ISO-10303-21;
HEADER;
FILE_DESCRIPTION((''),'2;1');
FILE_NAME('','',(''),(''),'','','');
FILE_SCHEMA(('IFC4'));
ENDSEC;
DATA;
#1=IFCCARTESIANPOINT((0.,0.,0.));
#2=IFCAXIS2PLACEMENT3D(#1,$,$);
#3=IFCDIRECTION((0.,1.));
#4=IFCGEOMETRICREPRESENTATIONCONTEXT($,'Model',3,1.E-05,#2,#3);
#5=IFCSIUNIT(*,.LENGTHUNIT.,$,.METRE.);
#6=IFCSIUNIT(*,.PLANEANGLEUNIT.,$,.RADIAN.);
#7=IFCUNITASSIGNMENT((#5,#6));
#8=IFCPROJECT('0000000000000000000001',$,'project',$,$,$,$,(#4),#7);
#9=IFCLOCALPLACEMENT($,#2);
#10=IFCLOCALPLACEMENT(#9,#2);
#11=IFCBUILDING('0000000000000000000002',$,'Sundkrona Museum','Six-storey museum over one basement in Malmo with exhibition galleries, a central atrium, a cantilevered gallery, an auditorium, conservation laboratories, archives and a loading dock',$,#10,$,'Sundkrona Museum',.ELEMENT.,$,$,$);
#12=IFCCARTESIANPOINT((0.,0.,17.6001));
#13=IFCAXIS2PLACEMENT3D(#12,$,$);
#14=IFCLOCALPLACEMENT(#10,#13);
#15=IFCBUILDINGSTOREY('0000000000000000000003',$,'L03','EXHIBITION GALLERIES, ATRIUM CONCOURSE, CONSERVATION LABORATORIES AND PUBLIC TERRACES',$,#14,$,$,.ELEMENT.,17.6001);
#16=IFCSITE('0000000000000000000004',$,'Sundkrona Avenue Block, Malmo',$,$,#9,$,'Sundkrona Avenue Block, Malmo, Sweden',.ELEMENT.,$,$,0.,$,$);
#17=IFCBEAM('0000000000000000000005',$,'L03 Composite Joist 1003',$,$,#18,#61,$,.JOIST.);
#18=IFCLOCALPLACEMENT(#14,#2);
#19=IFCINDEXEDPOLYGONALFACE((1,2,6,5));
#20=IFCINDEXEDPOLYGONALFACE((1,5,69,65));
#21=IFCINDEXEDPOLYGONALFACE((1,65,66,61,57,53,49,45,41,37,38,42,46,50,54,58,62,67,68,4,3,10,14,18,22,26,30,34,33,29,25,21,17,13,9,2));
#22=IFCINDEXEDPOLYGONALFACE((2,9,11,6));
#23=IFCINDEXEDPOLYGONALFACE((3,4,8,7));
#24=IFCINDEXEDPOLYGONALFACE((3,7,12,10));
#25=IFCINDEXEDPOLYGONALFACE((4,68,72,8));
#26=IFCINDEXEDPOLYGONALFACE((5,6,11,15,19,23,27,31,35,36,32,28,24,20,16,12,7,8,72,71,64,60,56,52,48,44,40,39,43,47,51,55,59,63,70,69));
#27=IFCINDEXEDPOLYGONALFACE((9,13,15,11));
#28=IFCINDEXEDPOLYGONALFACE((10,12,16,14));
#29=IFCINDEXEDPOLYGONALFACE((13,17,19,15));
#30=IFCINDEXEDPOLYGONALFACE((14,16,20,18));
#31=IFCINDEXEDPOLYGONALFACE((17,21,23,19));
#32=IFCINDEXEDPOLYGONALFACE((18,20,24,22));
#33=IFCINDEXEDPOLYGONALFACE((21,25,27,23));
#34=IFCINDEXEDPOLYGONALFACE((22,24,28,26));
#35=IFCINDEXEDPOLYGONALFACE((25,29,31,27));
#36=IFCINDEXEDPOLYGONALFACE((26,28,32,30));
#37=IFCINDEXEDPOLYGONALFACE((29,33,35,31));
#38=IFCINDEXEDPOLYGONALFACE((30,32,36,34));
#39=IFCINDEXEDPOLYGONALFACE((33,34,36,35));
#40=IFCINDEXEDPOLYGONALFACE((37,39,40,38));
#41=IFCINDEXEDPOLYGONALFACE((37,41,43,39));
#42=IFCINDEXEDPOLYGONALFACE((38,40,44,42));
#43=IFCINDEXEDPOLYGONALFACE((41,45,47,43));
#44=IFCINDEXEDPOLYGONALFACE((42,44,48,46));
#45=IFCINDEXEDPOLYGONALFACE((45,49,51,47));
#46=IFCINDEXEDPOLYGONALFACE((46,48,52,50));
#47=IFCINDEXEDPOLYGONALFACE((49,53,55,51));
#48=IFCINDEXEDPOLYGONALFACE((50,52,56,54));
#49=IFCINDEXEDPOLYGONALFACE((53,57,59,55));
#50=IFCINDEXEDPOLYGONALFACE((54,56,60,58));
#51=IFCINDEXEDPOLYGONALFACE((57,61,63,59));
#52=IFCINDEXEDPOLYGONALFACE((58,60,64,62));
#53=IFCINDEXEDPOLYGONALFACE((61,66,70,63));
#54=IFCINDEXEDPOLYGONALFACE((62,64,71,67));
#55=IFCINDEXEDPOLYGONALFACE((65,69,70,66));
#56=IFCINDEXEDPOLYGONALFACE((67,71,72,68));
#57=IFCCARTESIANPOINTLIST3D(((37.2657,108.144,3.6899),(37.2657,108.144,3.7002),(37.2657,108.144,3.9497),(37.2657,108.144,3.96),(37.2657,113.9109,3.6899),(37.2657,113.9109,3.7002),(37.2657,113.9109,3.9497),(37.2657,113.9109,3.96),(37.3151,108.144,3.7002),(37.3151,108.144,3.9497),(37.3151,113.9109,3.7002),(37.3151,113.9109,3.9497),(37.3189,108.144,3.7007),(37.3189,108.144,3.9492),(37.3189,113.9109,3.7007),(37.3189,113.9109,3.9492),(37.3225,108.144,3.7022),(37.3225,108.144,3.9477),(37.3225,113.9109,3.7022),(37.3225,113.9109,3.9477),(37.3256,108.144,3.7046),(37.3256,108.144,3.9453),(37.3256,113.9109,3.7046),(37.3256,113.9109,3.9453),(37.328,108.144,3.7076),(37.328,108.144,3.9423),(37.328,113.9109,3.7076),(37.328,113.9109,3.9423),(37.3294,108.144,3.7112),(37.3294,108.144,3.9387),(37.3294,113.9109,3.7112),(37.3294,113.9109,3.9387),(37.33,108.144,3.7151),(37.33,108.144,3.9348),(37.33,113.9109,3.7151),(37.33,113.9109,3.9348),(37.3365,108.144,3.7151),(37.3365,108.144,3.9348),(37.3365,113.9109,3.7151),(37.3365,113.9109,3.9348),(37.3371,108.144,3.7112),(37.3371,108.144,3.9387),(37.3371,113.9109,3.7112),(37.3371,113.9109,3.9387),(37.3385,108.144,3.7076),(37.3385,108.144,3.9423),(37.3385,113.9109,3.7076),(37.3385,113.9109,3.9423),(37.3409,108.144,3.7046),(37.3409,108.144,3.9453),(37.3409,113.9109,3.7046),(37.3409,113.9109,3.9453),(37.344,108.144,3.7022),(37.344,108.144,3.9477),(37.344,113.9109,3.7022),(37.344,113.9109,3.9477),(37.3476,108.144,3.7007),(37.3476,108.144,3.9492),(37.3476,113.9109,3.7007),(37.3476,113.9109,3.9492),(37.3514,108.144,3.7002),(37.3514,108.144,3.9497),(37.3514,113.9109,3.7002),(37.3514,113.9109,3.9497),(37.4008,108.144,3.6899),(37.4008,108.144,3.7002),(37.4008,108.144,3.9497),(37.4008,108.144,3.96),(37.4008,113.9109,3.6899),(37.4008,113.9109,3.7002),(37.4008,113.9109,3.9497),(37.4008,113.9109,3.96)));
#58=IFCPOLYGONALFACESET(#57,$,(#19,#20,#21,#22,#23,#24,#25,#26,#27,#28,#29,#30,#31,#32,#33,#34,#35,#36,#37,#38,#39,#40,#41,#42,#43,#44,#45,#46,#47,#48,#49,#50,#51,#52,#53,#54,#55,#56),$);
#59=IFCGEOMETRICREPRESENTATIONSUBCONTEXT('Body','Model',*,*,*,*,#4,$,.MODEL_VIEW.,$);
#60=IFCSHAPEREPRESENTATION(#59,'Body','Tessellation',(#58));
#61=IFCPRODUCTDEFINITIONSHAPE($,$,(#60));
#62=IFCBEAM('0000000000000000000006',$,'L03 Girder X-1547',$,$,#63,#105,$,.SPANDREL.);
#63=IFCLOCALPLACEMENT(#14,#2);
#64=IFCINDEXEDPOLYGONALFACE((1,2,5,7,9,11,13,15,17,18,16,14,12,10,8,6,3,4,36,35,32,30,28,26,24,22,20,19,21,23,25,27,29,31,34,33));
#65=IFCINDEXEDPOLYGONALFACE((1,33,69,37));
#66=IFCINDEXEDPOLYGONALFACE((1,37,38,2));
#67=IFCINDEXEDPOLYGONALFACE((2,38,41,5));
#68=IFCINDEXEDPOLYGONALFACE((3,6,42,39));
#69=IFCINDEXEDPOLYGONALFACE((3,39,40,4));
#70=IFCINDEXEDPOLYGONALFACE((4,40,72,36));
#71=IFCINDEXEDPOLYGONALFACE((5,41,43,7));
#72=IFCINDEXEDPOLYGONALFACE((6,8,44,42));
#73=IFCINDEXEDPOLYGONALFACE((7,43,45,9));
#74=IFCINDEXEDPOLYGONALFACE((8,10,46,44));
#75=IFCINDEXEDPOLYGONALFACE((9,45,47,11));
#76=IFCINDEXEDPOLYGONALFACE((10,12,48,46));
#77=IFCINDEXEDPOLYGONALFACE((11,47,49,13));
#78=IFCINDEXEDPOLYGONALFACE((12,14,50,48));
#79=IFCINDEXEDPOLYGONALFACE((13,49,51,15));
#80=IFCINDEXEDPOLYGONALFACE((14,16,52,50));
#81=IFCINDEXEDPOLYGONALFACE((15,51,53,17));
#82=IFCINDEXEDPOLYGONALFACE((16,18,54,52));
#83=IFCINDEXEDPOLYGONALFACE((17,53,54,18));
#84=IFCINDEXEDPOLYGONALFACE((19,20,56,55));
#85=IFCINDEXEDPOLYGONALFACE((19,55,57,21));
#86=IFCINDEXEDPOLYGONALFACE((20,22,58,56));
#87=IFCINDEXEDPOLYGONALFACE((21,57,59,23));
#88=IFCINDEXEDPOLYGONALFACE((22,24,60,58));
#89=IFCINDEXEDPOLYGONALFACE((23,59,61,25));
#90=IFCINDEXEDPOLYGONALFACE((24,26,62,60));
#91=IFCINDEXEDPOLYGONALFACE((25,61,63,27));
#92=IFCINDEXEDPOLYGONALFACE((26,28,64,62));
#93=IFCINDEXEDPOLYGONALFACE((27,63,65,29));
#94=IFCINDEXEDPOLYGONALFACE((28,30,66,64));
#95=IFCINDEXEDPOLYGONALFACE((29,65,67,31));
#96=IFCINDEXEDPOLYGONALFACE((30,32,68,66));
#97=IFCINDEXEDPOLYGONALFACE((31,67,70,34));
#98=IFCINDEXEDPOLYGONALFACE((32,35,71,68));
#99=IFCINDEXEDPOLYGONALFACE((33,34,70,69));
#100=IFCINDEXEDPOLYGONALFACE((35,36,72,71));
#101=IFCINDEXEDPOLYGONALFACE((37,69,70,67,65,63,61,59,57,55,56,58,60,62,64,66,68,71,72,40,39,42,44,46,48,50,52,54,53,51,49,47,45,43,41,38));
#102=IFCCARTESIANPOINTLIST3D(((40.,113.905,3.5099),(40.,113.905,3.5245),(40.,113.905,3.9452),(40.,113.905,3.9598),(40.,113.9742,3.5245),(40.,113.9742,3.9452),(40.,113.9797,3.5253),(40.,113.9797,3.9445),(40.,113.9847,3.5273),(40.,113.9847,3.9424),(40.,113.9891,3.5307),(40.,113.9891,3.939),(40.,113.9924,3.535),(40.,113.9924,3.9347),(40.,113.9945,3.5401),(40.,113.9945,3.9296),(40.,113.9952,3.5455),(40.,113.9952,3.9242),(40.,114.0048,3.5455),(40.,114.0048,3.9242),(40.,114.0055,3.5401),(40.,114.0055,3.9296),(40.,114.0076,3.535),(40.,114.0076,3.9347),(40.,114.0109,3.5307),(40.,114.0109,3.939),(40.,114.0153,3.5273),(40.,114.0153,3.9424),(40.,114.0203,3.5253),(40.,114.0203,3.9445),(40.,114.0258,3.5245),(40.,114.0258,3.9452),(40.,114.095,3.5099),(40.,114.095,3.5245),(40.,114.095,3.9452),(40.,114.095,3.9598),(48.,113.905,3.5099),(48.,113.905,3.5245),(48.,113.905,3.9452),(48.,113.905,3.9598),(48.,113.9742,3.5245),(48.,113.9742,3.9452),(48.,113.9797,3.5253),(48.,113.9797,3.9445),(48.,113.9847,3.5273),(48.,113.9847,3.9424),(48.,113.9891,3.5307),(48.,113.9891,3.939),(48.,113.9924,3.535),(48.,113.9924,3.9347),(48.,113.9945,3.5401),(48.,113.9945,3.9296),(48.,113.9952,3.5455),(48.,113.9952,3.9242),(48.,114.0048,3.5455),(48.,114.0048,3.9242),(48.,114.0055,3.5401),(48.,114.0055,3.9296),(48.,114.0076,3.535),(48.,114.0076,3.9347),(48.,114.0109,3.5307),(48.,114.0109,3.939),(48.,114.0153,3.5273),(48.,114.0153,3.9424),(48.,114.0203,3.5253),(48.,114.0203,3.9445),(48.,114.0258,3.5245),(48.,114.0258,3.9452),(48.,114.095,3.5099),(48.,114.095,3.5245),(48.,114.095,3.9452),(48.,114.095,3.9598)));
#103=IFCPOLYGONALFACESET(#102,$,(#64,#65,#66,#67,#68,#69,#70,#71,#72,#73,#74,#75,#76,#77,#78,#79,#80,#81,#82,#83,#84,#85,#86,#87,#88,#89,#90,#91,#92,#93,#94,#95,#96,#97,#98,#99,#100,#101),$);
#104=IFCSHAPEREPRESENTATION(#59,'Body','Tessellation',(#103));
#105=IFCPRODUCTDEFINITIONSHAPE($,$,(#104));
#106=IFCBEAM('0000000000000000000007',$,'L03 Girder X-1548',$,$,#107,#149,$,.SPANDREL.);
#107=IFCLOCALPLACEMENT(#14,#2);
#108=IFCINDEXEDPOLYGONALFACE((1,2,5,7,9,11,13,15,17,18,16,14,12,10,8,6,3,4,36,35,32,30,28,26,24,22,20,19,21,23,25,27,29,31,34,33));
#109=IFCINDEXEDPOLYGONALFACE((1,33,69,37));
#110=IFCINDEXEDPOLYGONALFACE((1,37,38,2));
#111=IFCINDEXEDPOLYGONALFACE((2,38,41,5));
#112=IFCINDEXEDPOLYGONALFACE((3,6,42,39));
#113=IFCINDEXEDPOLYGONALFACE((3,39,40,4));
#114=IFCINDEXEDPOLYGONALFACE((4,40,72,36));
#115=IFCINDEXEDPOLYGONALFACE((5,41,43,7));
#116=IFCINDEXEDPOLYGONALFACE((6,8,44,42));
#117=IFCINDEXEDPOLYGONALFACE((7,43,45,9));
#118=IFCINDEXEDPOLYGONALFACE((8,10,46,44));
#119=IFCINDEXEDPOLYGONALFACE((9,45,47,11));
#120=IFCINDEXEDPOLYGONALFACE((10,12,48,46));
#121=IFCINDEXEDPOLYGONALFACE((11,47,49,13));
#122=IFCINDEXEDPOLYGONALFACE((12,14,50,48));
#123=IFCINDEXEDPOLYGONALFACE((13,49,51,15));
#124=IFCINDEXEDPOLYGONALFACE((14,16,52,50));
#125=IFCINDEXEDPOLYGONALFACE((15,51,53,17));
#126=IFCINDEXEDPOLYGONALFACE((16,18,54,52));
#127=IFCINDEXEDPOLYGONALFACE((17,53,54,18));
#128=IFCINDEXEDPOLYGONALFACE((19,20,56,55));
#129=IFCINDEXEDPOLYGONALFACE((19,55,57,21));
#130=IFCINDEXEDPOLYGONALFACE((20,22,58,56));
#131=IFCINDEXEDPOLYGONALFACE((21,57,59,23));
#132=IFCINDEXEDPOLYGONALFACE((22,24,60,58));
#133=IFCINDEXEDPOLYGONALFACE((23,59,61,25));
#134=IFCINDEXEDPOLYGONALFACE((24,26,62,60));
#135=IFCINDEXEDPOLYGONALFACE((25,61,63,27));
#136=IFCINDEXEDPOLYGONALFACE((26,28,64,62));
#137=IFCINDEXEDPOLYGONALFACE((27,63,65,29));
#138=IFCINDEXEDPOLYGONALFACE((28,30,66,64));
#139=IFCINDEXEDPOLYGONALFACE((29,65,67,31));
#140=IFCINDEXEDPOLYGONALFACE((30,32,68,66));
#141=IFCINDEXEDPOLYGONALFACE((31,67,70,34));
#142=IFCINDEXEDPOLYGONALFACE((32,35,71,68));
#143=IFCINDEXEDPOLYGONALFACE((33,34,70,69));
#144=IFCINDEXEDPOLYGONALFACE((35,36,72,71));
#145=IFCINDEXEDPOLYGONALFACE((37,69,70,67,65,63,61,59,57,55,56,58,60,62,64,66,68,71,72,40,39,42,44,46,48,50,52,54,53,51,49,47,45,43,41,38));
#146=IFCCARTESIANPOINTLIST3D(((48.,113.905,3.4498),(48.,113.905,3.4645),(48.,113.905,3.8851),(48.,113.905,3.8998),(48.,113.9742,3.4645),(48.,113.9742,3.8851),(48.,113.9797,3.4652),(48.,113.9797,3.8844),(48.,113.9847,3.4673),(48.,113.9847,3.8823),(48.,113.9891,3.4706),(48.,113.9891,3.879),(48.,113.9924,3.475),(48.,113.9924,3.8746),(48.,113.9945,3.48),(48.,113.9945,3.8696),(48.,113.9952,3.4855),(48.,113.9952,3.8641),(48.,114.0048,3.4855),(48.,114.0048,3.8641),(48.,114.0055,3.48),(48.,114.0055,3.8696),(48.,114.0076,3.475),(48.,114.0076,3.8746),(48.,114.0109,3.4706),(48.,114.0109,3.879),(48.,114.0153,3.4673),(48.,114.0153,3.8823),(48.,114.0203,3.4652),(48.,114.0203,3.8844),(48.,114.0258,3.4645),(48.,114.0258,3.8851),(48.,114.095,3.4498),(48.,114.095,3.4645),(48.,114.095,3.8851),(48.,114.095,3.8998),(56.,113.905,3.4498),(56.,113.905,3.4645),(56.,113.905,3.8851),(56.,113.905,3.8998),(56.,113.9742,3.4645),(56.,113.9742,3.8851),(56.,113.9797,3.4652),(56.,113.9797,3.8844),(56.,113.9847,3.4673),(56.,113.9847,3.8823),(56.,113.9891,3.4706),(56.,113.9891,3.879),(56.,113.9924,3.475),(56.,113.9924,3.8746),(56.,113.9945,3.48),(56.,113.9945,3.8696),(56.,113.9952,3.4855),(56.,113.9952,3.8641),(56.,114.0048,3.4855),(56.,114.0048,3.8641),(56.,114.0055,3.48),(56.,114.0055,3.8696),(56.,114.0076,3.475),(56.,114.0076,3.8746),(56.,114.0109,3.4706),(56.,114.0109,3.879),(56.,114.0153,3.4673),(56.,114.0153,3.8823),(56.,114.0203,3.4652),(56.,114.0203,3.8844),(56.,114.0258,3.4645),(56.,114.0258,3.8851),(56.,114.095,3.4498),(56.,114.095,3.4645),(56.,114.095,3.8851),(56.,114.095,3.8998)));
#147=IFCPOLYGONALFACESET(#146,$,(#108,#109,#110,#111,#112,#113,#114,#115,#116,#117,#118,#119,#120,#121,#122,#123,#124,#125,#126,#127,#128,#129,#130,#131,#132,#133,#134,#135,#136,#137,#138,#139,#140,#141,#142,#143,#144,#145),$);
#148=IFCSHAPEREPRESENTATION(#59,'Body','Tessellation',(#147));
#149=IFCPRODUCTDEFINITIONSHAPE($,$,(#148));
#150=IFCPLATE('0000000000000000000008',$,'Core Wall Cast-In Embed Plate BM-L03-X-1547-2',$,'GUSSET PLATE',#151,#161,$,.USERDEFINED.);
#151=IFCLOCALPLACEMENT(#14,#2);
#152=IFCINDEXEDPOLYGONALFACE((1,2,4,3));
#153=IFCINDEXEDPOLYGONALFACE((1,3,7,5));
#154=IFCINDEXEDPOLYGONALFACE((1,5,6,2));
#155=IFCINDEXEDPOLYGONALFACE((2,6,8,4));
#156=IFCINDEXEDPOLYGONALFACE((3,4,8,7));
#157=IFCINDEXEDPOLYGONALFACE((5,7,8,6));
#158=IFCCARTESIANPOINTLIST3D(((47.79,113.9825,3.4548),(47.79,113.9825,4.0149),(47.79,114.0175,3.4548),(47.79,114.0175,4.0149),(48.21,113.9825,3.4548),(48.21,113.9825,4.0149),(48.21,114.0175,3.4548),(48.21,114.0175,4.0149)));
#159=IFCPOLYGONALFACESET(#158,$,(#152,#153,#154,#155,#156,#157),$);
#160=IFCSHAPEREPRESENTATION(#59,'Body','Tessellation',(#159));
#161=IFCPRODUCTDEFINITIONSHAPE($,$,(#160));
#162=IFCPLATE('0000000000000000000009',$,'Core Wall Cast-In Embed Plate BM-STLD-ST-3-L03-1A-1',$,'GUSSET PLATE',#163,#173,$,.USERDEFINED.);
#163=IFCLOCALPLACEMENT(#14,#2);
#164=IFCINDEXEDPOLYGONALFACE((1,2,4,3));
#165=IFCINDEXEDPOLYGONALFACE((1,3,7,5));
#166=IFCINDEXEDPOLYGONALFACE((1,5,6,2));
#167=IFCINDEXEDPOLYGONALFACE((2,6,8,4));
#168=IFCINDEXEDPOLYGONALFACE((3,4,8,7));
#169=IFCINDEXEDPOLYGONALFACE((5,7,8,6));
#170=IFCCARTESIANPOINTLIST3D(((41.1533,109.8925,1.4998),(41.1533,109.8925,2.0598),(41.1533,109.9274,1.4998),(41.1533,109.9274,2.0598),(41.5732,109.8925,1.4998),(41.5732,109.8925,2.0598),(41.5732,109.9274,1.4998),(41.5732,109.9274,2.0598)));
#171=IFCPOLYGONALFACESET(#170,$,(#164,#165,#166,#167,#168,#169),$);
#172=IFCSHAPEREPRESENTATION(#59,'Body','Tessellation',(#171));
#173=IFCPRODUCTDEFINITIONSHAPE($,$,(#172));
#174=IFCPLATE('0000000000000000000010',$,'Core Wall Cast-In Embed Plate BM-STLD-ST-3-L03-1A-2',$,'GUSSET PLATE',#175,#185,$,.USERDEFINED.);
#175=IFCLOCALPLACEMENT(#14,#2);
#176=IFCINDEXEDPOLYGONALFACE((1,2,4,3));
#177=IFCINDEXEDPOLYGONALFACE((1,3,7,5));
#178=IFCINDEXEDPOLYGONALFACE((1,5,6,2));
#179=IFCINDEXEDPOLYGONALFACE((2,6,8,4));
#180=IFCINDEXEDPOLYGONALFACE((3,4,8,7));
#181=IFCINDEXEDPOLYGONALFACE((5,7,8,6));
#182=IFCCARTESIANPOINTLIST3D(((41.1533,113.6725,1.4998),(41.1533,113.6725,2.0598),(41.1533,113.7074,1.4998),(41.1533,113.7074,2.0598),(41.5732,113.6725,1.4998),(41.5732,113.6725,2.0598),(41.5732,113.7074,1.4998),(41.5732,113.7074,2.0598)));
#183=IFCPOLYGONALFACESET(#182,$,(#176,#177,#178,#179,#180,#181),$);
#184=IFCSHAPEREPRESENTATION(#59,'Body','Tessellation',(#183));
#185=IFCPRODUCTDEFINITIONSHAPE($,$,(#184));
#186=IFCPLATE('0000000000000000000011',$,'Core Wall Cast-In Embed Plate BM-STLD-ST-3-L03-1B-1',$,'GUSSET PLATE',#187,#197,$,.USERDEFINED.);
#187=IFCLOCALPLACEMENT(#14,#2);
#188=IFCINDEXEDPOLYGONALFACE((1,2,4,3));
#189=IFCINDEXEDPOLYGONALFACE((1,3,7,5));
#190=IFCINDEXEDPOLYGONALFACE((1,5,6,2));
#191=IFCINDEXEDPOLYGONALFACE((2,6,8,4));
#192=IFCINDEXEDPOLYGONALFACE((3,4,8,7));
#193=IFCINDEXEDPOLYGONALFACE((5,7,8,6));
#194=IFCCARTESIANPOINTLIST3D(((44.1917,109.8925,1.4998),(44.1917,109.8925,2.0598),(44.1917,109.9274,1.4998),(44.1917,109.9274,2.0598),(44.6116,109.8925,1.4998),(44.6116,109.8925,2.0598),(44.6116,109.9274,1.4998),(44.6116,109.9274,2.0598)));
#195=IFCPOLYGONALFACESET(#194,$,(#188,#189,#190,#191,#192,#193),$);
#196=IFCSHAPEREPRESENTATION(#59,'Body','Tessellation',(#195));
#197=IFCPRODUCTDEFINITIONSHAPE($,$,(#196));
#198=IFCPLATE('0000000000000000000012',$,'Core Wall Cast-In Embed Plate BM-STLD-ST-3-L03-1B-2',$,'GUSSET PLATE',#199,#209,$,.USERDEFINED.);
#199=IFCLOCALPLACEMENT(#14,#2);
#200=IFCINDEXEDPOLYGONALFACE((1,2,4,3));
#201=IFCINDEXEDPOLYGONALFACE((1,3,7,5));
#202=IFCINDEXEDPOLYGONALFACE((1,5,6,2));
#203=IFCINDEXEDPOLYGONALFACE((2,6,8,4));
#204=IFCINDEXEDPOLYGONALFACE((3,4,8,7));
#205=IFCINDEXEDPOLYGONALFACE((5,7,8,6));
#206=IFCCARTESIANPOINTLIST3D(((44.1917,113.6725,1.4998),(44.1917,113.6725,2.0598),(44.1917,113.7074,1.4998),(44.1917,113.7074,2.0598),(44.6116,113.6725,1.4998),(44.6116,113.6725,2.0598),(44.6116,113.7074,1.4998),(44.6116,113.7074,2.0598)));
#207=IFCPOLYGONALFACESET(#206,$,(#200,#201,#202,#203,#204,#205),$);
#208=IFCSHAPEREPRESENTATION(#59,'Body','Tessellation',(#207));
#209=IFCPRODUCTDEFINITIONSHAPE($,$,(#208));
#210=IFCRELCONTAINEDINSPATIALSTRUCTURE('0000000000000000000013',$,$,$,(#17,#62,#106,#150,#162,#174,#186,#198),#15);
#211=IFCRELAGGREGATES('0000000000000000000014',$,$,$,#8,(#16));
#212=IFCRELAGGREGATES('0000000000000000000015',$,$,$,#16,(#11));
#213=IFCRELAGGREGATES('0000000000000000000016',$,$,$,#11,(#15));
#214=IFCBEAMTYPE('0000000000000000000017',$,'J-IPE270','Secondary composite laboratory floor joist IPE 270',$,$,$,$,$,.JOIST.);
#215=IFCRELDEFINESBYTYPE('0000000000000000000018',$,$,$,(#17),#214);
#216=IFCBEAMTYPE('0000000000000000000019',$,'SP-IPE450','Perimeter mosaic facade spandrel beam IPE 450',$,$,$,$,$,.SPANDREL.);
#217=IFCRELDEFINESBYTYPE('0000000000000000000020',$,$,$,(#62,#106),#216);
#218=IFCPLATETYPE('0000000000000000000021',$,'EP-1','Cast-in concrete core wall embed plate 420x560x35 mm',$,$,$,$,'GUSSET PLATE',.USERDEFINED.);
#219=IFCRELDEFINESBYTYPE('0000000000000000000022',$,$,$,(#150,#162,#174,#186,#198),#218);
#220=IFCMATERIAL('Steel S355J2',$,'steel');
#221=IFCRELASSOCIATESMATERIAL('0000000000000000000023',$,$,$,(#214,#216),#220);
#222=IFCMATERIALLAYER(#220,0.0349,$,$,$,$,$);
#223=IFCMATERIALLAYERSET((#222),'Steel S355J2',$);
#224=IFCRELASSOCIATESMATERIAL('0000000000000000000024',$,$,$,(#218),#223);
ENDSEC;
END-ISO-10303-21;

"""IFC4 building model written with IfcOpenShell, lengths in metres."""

from ifc_helpers import new_model, si_unit, direction, frame, origin, origin_2d, place, context, subcontext, project, spatial, rectangle, i_section, extrude, material, layer, layer_set, material_profile, profile_set, type_object, element, save


model = new_model("IFC4")

# Units and contexts
model_context = context("Model", 3, precision=1e-05, world=origin(), true_north=direction((0.0, 1.0)))
body_context = subcontext(model_context, "Body", "Model", "MODEL_VIEW")
ifc_project = project(units=[si_unit("LENGTHUNIT", "METRE"), si_unit("PLANEANGLEUNIT", "RADIAN")], contexts=[model_context])

# Site, building, storey
site_placement = place(None, origin())
site = spatial("IfcSite", under=ifc_project, at=site_placement, Name="Sundkrona Avenue Block, Malmo", LongName="Sundkrona Avenue Block, Malmo, Sweden", CompositionType="ELEMENT", RefElevation=0.0)
building_placement = place(site_placement, origin())
building = spatial("IfcBuilding", under=site, at=building_placement, Name="Sundkrona Museum", Description="Six-storey museum over one basement in Malmo with exhibition galleries, a central atrium, a cantilevered gallery, an auditorium, conservation laboratories, archives and a loading dock", LongName="Sundkrona Museum", CompositionType="ELEMENT")
storey_placement = place(building_placement, frame((0.0, 0.0, 17.6001)))
storey = spatial("IfcBuildingStorey", under=building, at=storey_placement, Name="L03", Description="EXHIBITION GALLERIES, ATRIUM CONCOURSE, CONSERVATION LABORATORIES AND PUBLIC TERRACES", CompositionType="ELEMENT", Elevation=17.6001)

# Shared definitions
ifc_material_1 = material(Name="Steel S355J2", Category="steel")

# Beams
ifc_material_profile_1 = material_profile(ifc_material_1, i_section(OverallWidth=0.135, OverallDepth=0.27, WebThickness=0.0066, FlangeThickness=0.0103, FilletRadius=0.0149, at=origin_2d()), Name="IPE 270")
ifc_profile_set_1 = profile_set([ifc_material_profile_1], Name="Steel S355J2")
beam_type_1 = type_object("IfcBeamType", Name="J-IPE270", Description="Secondary composite laboratory floor joist IPE 270", PredefinedType="JOIST", material=ifc_profile_set_1)
beam_1_placement = place(storey_placement, frame((37.3333, 108.144, 3.825), z_axis=(0.0, 1.0, 0.0), x_axis=(-1.0, 0.0, 0.0)))
element("IfcBeam", 1, at=beam_1_placement, inside=storey, type_object=beam_type_1, Name="L03 Composite Joist 1003", PredefinedType="JOIST", context=body_context, shape_type="SweptSolid", body=[
    extrude(i_section(OverallWidth=0.135, OverallDepth=0.27, WebThickness=0.0066, FlangeThickness=0.0103, FilletRadius=0.0149, at=origin_2d()), origin(), (0.0, 0.0, 1.0), 5.7668),
])
ifc_material_profile_2 = material_profile(ifc_material_1, i_section(OverallWidth=0.1899, OverallDepth=0.45, WebThickness=0.0095, FlangeThickness=0.0146, FilletRadius=0.021, at=origin_2d()), Name="IPE 450")
ifc_profile_set_2 = profile_set([ifc_material_profile_2], Name="Steel S355J2")
beam_type_2 = type_object("IfcBeamType", Name="SP-IPE450", Description="Perimeter mosaic facade spandrel beam IPE 450", PredefinedType="SPANDREL", material=ifc_profile_set_2)
for number, where, z_axis, x_axis, name in (
    (2, (40.0, 114.0, 3.7349), (1.0, 0.0, 0.0), (0.0, 1.0, 0.0), "L03 Girder X-1547"),
    (3, (48.0, 114.0, 3.6748), (1.0, 0.0, 0.0), (0.0, 1.0, 0.0), "L03 Girder X-1548"),
):
    element("IfcBeam", number, at=place(storey_placement, frame(where, z_axis=z_axis, x_axis=x_axis)), inside=storey, type_object=beam_type_2, Name=name, PredefinedType="SPANDREL", context=body_context, shape_type="SweptSolid", body=[
        extrude(i_section(OverallWidth=0.1899, OverallDepth=0.45, WebThickness=0.0095, FlangeThickness=0.0146, FilletRadius=0.021, at=origin_2d()), origin(), (0.0, 0.0, 1.0), 8.0),
    ])

# Plates
ifc_layer_1 = layer(ifc_material_1, 0.0349)
ifc_layer_set_1 = layer_set([ifc_layer_1], Name="Steel S355J2")
plate_type = type_object("IfcPlateType", Name="EP-1", Description="Cast-in concrete core wall embed plate 420x560x35 mm", ElementType="GUSSET PLATE", PredefinedType="USERDEFINED", material=ifc_layer_set_1)
for number, where, z_axis, x_axis, name in (
    (4, (48.0, 114.0, 3.4548), (0.0, 0.0, 1.0), (1.0, 0.0, 0.0), "Core Wall Cast-In Embed Plate BM-L03-X-1547-2"),
    (5, (41.3633, 109.9099, 1.4998), (0.0, 0.0, 1.0), (1.0, 0.0, 0.0), "Core Wall Cast-In Embed Plate BM-STLD-ST-3-L03-1A-1"),
    (6, (41.3633, 113.6899, 1.4998), (0.0, 0.0, 1.0), (1.0, 0.0, 0.0), "Core Wall Cast-In Embed Plate BM-STLD-ST-3-L03-1A-2"),
    (7, (44.4016, 109.9099, 1.4998), (0.0, 0.0, 1.0), (1.0, 0.0, 0.0), "Core Wall Cast-In Embed Plate BM-STLD-ST-3-L03-1B-1"),
    (8, (44.4016, 113.6899, 1.4998), (0.0, 0.0, 1.0), (1.0, 0.0, 0.0), "Core Wall Cast-In Embed Plate BM-STLD-ST-3-L03-1B-2"),
):
    element("IfcPlate", number, at=place(storey_placement, frame(where, z_axis=z_axis, x_axis=x_axis)), inside=storey, type_object=plate_type, Name=name, ObjectType="GUSSET PLATE", PredefinedType="USERDEFINED", context=body_context, shape_type="SweptSolid", body=[
        extrude(rectangle(XDim=0.4199, YDim=0.0349, at=origin_2d()), origin(), (0.0, 0.0, 1.0), 0.5601),
    ])

save(model, "model.ifc")
